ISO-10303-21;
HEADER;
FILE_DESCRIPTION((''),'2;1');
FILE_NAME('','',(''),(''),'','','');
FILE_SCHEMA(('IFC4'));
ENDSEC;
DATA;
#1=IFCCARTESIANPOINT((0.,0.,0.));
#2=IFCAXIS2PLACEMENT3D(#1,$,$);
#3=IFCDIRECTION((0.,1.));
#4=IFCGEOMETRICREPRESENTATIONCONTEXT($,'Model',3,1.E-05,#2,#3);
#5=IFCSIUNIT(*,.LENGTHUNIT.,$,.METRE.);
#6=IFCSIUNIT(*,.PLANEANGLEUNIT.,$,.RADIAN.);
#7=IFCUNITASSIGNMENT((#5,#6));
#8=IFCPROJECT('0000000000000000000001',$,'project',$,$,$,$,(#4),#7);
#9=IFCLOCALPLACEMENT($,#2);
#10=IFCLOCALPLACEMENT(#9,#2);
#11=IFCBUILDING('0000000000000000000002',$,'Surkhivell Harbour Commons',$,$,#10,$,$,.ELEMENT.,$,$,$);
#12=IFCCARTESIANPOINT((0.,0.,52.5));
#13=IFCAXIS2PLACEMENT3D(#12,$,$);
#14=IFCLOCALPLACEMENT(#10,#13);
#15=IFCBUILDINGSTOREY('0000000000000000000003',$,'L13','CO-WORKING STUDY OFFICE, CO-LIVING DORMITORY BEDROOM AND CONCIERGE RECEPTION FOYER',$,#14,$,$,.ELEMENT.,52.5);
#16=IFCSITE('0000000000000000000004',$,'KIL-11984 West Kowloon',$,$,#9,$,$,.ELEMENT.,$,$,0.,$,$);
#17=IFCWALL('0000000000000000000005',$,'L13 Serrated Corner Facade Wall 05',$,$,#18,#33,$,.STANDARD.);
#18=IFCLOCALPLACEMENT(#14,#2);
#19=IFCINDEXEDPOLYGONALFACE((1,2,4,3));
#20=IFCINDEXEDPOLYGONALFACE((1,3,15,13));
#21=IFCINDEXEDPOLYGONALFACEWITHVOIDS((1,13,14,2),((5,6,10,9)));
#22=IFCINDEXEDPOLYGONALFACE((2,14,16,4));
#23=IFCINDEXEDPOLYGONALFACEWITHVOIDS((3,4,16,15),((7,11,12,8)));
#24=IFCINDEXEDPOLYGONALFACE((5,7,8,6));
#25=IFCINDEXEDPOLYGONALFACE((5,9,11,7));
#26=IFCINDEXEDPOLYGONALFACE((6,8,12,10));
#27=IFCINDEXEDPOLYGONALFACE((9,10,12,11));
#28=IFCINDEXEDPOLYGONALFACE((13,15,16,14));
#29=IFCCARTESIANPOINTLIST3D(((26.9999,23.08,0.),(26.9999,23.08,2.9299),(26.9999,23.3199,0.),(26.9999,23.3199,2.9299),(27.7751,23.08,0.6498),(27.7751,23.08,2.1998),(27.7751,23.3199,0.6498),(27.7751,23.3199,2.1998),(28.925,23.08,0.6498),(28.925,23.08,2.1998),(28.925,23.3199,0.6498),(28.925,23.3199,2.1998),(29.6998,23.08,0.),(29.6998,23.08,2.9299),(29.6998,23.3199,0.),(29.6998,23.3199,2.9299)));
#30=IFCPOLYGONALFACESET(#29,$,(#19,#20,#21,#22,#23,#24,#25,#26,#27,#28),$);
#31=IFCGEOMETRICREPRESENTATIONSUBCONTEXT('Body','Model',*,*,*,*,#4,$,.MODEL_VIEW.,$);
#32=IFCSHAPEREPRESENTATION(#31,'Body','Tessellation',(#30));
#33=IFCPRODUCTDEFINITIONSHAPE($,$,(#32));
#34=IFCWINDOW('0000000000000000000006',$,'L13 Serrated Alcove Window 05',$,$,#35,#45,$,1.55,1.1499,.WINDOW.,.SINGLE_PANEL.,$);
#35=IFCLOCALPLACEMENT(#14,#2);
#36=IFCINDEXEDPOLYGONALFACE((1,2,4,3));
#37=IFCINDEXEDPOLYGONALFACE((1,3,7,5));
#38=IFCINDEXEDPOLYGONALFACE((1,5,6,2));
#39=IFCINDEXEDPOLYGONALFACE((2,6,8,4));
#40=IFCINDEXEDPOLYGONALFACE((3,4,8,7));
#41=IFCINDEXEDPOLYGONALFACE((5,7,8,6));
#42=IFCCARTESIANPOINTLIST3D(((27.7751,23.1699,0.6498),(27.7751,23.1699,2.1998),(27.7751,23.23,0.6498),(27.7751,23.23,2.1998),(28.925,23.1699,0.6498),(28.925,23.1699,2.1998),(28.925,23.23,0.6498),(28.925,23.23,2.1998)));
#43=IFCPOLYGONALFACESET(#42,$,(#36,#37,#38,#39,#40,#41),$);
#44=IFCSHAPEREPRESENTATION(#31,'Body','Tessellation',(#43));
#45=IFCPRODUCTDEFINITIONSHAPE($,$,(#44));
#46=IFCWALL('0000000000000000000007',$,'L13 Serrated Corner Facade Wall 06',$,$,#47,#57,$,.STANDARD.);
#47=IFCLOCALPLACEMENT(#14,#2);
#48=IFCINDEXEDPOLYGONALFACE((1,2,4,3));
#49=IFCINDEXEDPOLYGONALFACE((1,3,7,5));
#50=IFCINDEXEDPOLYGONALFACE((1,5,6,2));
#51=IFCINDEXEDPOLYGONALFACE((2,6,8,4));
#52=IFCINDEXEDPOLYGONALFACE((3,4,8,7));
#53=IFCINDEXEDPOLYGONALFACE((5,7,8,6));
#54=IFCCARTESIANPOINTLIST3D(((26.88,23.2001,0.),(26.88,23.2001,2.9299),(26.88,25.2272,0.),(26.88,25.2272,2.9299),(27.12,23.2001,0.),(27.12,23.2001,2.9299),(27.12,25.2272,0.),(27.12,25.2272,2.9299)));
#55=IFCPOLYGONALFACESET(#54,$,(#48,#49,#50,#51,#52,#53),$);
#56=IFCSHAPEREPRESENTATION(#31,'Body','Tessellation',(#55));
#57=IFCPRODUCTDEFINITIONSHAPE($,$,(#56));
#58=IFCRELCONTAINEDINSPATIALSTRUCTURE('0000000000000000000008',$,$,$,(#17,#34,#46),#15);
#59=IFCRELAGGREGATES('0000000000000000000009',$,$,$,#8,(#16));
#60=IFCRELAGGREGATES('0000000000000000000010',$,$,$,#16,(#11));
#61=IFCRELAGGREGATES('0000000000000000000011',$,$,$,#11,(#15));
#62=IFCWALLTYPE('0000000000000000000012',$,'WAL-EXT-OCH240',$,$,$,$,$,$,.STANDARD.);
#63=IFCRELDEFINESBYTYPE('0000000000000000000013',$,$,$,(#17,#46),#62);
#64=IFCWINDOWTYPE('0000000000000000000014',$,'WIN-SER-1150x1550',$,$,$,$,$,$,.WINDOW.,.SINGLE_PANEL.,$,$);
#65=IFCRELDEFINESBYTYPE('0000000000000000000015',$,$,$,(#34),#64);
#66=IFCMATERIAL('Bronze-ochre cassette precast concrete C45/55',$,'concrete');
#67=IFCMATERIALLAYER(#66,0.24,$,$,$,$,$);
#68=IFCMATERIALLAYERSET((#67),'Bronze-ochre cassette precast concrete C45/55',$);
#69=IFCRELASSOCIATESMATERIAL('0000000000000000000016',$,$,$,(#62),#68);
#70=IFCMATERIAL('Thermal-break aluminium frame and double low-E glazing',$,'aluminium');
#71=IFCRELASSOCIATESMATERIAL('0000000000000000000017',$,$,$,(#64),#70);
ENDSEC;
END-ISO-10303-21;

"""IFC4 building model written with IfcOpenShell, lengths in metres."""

from ifc_helpers import new_model, si_unit, direction, frame, frame_2d, origin, place, context, subcontext, project, spatial, rectangle, extrude, material, layer, layer_set, type_object, element, fill, save


model = new_model("IFC4")

# Units and contexts
model_context = context("Model", 3, precision=1e-05, world=origin(), true_north=direction((0.0, 1.0)))
body_context = subcontext(model_context, "Body", "Model", "MODEL_VIEW")
ifc_project = project(units=[si_unit("LENGTHUNIT", "METRE"), si_unit("PLANEANGLEUNIT", "RADIAN")], contexts=[model_context])

# Site, building, storey
site_placement = place(None, origin())
site = spatial("IfcSite", under=ifc_project, at=site_placement, Name="KIL-11984 West Kowloon", CompositionType="ELEMENT", RefElevation=0.0)
building_placement = place(site_placement, origin())
building = spatial("IfcBuilding", under=site, at=building_placement, Name="Surkhivell Harbour Commons", CompositionType="ELEMENT")
storey_placement = place(building_placement, frame((0.0, 0.0, 52.5)))
storey = spatial("IfcBuildingStorey", under=building, at=storey_placement, Name="L13", Description="CO-WORKING STUDY OFFICE, CO-LIVING DORMITORY BEDROOM AND CONCIERGE RECEPTION FOYER", CompositionType="ELEMENT", Elevation=52.5)

# Shared definitions
ifc_material_1 = material(Name="Bronze-ochre cassette precast concrete C45/55", Category="concrete")
ifc_layer_1 = layer(ifc_material_1, 0.24)
ifc_layer_set_1 = layer_set([ifc_layer_1], Name="Bronze-ochre cassette precast concrete C45/55")
wall_type = type_object("IfcWallType", Name="WAL-EXT-OCH240", PredefinedType="STANDARD", material=ifc_layer_set_1)

# Wall, opening, window
wall_1_placement = place(storey_placement, frame((29.7, 23.2, 0.0), z_axis=(0.0, 0.0, 1.0), x_axis=(-1.0, 0.0, 0.0)))
wall_1 = element("IfcWall", 1, at=wall_1_placement, inside=storey, type_object=wall_type, Name="L13 Serrated Corner Facade Wall 05", PredefinedType="STANDARD", context=body_context, shape_type="SweptSolid", body=[
    extrude(rectangle(XDim=2.7, YDim=0.24, at=frame_2d((1.3501, 0.0))), origin(), (0.0, 0.0, 1.0), 2.9299),
])
opening_placement = place(wall_1_placement, frame((0.7749, 0.0, 0.6499)))
opening = element("IfcOpeningElement", 2, at=opening_placement, cuts=wall_1, PredefinedType="OPENING", context=body_context, shape_type="SweptSolid", body=[
    extrude(rectangle(XDim=1.1499, YDim=1.55, at=frame_2d((0.575, 0.7749))), frame((0.0, 0.1299, 0.0), z_axis=(0.0, -1.0, 0.0), x_axis=(1.0, 0.0, 0.0)), (0.0, 0.0, 1.0), 0.26),
])
ifc_material_2 = material(Name="Thermal-break aluminium frame and double low-E glazing", Category="aluminium")
window_type = type_object("IfcWindowType", Name="WIN-SER-1150x1550", PartitioningType="SINGLE_PANEL", PredefinedType="WINDOW", material=ifc_material_2)
window_placement = place(opening_placement, origin())
window = element("IfcWindow", 3, at=window_placement, inside=storey, type_object=window_type, Name="L13 Serrated Alcove Window 05", OverallHeight=1.55, OverallWidth=1.1499, PartitioningType="SINGLE_PANEL", PredefinedType="WINDOW", context=body_context, shape_type="SweptSolid", body=[
    extrude(rectangle(XDim=1.1499, YDim=1.55, at=frame_2d((0.575, 0.7749))), frame((0.0, 0.03, 0.0), z_axis=(0.0, -1.0, 0.0), x_axis=(1.0, 0.0, 0.0)), (0.0, 0.0, 1.0), 0.0601),
])
fill(opening, window)

# Wall
wall_2_placement = place(storey_placement, frame((27.0, 23.2, 0.0), z_axis=(0.0, 0.0, 1.0), x_axis=(0.0, 1.0, 0.0)))
element("IfcWall", 4, at=wall_2_placement, inside=storey, type_object=wall_type, Name="L13 Serrated Corner Facade Wall 06", PredefinedType="STANDARD", context=body_context, shape_type="SweptSolid", body=[
    extrude(rectangle(XDim=2.0271, YDim=0.24, at=frame_2d((1.0137, 0.0))), origin(), (0.0, 0.0, 1.0), 2.9299),
])

save(model, "model.ifc")
